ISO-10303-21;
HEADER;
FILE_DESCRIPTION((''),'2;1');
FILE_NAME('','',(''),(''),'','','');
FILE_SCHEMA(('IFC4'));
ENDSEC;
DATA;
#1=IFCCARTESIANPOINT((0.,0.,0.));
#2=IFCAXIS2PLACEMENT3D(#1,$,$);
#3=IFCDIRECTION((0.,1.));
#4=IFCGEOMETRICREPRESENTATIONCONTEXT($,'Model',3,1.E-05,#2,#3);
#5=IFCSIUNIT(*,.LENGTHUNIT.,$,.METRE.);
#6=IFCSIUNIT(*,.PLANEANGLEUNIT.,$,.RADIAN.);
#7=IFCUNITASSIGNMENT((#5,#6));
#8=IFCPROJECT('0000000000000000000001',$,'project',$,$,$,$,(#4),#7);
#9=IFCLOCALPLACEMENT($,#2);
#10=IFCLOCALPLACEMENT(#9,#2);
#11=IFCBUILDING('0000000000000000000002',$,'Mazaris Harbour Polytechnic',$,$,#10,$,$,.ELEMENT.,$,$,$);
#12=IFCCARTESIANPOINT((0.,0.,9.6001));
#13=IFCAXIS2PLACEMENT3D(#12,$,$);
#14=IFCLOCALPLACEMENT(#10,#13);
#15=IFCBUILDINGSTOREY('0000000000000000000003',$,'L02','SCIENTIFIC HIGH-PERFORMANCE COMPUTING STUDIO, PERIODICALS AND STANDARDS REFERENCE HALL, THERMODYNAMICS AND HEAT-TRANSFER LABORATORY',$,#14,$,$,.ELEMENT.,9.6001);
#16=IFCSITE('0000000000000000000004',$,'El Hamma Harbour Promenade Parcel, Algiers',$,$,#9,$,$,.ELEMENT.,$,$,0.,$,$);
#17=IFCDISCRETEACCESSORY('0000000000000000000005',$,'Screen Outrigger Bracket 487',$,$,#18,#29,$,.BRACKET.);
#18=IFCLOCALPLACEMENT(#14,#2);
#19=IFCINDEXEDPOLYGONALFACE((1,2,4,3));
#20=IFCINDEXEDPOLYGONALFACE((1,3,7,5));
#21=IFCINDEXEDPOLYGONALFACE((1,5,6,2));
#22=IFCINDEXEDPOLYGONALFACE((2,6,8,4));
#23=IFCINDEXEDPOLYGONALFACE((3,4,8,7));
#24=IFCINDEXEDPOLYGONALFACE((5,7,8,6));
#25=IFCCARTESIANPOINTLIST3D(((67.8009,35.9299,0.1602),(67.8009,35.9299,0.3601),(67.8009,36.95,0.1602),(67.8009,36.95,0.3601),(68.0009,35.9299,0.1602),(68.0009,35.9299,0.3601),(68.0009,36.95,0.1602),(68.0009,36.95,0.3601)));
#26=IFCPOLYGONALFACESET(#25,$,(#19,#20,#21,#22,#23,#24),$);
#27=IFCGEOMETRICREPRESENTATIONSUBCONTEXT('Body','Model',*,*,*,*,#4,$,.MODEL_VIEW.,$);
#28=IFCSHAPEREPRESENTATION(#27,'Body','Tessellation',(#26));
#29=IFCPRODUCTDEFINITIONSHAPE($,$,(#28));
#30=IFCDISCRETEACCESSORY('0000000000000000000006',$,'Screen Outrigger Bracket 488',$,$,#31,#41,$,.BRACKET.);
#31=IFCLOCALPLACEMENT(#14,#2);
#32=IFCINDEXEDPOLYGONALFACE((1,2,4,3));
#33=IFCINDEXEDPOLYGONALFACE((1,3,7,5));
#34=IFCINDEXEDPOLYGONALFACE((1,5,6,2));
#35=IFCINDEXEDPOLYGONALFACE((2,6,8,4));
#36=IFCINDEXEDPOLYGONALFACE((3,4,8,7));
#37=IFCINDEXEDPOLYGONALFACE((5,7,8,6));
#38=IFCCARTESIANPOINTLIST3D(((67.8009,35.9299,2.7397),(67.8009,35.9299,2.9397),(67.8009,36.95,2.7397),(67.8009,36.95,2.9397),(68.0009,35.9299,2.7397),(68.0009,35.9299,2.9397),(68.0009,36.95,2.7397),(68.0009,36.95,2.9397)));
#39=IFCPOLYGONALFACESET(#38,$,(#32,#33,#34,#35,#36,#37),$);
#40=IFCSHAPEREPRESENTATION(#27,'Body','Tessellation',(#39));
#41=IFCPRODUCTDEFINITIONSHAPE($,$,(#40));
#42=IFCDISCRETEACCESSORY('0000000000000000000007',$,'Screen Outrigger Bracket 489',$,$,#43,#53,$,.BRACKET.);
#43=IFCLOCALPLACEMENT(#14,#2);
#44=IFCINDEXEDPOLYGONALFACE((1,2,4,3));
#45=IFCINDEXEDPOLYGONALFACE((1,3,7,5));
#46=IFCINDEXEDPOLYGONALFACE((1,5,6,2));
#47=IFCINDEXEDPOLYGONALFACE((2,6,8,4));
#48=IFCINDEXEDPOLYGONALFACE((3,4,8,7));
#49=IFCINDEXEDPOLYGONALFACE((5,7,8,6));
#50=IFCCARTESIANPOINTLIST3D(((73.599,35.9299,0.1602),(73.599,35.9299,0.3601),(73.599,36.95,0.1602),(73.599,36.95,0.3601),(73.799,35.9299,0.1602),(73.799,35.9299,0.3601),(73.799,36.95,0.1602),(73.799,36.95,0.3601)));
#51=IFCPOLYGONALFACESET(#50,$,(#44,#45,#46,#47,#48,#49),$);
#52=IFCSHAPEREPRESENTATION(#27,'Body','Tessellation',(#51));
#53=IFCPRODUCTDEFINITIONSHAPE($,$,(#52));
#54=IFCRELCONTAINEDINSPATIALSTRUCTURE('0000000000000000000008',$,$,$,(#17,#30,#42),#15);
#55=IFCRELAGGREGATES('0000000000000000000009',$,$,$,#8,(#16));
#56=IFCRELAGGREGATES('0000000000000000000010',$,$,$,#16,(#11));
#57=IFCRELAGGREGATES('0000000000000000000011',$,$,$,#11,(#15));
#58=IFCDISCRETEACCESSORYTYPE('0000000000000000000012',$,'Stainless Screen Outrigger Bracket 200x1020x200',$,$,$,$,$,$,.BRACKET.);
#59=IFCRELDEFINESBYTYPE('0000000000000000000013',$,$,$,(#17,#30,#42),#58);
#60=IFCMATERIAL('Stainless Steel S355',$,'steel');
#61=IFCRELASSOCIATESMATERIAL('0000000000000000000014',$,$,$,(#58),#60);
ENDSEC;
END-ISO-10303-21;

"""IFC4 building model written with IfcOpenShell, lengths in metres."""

from ifc_helpers import new_model, si_unit, direction, frame, origin, origin_2d, place, context, subcontext, project, spatial, rectangle, extrude, material, type_object, element, save


model = new_model("IFC4")

# Units and contexts
model_context = context("Model", 3, precision=1e-05, world=origin(), true_north=direction((0.0, 1.0)))
body_context = subcontext(model_context, "Body", "Model", "MODEL_VIEW")
ifc_project = project(units=[si_unit("LENGTHUNIT", "METRE"), si_unit("PLANEANGLEUNIT", "RADIAN")], contexts=[model_context])

# Site, building, storey
site_placement = place(None, origin())
site = spatial("IfcSite", under=ifc_project, at=site_placement, Name="El Hamma Harbour Promenade Parcel, Algiers", CompositionType="ELEMENT", RefElevation=0.0)
building_placement = place(site_placement, origin())
building = spatial("IfcBuilding", under=site, at=building_placement, Name="Mazaris Harbour Polytechnic", CompositionType="ELEMENT")
storey_placement = place(building_placement, frame((0.0, 0.0, 9.6001)))
storey = spatial("IfcBuildingStorey", under=building, at=storey_placement, Name="L02", Description="SCIENTIFIC HIGH-PERFORMANCE COMPUTING STUDIO, PERIODICALS AND STANDARDS REFERENCE HALL, THERMODYNAMICS AND HEAT-TRANSFER LABORATORY", CompositionType="ELEMENT", Elevation=9.6001)

# Discrete accessories
ifc_material_1 = material(Name="Stainless Steel S355", Category="steel")
discrete_accessory_type = type_object("IfcDiscreteAccessoryType", Name="Stainless Screen Outrigger Bracket 200x1020x200", PredefinedType="BRACKET", material=ifc_material_1)
for number, where, z_axis, x_axis, name in (
    (1, (67.9009, 36.4399, 0.1602), (0.0, 0.0, 1.0), (1.0, 0.0, 0.0), "Screen Outrigger Bracket 487"),
    (2, (67.9009, 36.4399, 2.7397), (0.0, 0.0, 1.0), (1.0, 0.0, 0.0), "Screen Outrigger Bracket 488"),
    (3, (73.699, 36.4399, 0.1602), (0.0, 0.0, 1.0), (1.0, 0.0, 0.0), "Screen Outrigger Bracket 489"),
):
    element("IfcDiscreteAccessory", number, at=place(storey_placement, frame(where, z_axis=z_axis, x_axis=x_axis)), inside=storey, type_object=discrete_accessory_type, Name=name, PredefinedType="BRACKET", context=body_context, shape_type="SweptSolid", body=[
        extrude(rectangle(XDim=0.2, YDim=1.02, at=origin_2d()), origin(), (0.0, 0.0, 1.0), 0.2),
    ])

save(model, "model.ifc")
